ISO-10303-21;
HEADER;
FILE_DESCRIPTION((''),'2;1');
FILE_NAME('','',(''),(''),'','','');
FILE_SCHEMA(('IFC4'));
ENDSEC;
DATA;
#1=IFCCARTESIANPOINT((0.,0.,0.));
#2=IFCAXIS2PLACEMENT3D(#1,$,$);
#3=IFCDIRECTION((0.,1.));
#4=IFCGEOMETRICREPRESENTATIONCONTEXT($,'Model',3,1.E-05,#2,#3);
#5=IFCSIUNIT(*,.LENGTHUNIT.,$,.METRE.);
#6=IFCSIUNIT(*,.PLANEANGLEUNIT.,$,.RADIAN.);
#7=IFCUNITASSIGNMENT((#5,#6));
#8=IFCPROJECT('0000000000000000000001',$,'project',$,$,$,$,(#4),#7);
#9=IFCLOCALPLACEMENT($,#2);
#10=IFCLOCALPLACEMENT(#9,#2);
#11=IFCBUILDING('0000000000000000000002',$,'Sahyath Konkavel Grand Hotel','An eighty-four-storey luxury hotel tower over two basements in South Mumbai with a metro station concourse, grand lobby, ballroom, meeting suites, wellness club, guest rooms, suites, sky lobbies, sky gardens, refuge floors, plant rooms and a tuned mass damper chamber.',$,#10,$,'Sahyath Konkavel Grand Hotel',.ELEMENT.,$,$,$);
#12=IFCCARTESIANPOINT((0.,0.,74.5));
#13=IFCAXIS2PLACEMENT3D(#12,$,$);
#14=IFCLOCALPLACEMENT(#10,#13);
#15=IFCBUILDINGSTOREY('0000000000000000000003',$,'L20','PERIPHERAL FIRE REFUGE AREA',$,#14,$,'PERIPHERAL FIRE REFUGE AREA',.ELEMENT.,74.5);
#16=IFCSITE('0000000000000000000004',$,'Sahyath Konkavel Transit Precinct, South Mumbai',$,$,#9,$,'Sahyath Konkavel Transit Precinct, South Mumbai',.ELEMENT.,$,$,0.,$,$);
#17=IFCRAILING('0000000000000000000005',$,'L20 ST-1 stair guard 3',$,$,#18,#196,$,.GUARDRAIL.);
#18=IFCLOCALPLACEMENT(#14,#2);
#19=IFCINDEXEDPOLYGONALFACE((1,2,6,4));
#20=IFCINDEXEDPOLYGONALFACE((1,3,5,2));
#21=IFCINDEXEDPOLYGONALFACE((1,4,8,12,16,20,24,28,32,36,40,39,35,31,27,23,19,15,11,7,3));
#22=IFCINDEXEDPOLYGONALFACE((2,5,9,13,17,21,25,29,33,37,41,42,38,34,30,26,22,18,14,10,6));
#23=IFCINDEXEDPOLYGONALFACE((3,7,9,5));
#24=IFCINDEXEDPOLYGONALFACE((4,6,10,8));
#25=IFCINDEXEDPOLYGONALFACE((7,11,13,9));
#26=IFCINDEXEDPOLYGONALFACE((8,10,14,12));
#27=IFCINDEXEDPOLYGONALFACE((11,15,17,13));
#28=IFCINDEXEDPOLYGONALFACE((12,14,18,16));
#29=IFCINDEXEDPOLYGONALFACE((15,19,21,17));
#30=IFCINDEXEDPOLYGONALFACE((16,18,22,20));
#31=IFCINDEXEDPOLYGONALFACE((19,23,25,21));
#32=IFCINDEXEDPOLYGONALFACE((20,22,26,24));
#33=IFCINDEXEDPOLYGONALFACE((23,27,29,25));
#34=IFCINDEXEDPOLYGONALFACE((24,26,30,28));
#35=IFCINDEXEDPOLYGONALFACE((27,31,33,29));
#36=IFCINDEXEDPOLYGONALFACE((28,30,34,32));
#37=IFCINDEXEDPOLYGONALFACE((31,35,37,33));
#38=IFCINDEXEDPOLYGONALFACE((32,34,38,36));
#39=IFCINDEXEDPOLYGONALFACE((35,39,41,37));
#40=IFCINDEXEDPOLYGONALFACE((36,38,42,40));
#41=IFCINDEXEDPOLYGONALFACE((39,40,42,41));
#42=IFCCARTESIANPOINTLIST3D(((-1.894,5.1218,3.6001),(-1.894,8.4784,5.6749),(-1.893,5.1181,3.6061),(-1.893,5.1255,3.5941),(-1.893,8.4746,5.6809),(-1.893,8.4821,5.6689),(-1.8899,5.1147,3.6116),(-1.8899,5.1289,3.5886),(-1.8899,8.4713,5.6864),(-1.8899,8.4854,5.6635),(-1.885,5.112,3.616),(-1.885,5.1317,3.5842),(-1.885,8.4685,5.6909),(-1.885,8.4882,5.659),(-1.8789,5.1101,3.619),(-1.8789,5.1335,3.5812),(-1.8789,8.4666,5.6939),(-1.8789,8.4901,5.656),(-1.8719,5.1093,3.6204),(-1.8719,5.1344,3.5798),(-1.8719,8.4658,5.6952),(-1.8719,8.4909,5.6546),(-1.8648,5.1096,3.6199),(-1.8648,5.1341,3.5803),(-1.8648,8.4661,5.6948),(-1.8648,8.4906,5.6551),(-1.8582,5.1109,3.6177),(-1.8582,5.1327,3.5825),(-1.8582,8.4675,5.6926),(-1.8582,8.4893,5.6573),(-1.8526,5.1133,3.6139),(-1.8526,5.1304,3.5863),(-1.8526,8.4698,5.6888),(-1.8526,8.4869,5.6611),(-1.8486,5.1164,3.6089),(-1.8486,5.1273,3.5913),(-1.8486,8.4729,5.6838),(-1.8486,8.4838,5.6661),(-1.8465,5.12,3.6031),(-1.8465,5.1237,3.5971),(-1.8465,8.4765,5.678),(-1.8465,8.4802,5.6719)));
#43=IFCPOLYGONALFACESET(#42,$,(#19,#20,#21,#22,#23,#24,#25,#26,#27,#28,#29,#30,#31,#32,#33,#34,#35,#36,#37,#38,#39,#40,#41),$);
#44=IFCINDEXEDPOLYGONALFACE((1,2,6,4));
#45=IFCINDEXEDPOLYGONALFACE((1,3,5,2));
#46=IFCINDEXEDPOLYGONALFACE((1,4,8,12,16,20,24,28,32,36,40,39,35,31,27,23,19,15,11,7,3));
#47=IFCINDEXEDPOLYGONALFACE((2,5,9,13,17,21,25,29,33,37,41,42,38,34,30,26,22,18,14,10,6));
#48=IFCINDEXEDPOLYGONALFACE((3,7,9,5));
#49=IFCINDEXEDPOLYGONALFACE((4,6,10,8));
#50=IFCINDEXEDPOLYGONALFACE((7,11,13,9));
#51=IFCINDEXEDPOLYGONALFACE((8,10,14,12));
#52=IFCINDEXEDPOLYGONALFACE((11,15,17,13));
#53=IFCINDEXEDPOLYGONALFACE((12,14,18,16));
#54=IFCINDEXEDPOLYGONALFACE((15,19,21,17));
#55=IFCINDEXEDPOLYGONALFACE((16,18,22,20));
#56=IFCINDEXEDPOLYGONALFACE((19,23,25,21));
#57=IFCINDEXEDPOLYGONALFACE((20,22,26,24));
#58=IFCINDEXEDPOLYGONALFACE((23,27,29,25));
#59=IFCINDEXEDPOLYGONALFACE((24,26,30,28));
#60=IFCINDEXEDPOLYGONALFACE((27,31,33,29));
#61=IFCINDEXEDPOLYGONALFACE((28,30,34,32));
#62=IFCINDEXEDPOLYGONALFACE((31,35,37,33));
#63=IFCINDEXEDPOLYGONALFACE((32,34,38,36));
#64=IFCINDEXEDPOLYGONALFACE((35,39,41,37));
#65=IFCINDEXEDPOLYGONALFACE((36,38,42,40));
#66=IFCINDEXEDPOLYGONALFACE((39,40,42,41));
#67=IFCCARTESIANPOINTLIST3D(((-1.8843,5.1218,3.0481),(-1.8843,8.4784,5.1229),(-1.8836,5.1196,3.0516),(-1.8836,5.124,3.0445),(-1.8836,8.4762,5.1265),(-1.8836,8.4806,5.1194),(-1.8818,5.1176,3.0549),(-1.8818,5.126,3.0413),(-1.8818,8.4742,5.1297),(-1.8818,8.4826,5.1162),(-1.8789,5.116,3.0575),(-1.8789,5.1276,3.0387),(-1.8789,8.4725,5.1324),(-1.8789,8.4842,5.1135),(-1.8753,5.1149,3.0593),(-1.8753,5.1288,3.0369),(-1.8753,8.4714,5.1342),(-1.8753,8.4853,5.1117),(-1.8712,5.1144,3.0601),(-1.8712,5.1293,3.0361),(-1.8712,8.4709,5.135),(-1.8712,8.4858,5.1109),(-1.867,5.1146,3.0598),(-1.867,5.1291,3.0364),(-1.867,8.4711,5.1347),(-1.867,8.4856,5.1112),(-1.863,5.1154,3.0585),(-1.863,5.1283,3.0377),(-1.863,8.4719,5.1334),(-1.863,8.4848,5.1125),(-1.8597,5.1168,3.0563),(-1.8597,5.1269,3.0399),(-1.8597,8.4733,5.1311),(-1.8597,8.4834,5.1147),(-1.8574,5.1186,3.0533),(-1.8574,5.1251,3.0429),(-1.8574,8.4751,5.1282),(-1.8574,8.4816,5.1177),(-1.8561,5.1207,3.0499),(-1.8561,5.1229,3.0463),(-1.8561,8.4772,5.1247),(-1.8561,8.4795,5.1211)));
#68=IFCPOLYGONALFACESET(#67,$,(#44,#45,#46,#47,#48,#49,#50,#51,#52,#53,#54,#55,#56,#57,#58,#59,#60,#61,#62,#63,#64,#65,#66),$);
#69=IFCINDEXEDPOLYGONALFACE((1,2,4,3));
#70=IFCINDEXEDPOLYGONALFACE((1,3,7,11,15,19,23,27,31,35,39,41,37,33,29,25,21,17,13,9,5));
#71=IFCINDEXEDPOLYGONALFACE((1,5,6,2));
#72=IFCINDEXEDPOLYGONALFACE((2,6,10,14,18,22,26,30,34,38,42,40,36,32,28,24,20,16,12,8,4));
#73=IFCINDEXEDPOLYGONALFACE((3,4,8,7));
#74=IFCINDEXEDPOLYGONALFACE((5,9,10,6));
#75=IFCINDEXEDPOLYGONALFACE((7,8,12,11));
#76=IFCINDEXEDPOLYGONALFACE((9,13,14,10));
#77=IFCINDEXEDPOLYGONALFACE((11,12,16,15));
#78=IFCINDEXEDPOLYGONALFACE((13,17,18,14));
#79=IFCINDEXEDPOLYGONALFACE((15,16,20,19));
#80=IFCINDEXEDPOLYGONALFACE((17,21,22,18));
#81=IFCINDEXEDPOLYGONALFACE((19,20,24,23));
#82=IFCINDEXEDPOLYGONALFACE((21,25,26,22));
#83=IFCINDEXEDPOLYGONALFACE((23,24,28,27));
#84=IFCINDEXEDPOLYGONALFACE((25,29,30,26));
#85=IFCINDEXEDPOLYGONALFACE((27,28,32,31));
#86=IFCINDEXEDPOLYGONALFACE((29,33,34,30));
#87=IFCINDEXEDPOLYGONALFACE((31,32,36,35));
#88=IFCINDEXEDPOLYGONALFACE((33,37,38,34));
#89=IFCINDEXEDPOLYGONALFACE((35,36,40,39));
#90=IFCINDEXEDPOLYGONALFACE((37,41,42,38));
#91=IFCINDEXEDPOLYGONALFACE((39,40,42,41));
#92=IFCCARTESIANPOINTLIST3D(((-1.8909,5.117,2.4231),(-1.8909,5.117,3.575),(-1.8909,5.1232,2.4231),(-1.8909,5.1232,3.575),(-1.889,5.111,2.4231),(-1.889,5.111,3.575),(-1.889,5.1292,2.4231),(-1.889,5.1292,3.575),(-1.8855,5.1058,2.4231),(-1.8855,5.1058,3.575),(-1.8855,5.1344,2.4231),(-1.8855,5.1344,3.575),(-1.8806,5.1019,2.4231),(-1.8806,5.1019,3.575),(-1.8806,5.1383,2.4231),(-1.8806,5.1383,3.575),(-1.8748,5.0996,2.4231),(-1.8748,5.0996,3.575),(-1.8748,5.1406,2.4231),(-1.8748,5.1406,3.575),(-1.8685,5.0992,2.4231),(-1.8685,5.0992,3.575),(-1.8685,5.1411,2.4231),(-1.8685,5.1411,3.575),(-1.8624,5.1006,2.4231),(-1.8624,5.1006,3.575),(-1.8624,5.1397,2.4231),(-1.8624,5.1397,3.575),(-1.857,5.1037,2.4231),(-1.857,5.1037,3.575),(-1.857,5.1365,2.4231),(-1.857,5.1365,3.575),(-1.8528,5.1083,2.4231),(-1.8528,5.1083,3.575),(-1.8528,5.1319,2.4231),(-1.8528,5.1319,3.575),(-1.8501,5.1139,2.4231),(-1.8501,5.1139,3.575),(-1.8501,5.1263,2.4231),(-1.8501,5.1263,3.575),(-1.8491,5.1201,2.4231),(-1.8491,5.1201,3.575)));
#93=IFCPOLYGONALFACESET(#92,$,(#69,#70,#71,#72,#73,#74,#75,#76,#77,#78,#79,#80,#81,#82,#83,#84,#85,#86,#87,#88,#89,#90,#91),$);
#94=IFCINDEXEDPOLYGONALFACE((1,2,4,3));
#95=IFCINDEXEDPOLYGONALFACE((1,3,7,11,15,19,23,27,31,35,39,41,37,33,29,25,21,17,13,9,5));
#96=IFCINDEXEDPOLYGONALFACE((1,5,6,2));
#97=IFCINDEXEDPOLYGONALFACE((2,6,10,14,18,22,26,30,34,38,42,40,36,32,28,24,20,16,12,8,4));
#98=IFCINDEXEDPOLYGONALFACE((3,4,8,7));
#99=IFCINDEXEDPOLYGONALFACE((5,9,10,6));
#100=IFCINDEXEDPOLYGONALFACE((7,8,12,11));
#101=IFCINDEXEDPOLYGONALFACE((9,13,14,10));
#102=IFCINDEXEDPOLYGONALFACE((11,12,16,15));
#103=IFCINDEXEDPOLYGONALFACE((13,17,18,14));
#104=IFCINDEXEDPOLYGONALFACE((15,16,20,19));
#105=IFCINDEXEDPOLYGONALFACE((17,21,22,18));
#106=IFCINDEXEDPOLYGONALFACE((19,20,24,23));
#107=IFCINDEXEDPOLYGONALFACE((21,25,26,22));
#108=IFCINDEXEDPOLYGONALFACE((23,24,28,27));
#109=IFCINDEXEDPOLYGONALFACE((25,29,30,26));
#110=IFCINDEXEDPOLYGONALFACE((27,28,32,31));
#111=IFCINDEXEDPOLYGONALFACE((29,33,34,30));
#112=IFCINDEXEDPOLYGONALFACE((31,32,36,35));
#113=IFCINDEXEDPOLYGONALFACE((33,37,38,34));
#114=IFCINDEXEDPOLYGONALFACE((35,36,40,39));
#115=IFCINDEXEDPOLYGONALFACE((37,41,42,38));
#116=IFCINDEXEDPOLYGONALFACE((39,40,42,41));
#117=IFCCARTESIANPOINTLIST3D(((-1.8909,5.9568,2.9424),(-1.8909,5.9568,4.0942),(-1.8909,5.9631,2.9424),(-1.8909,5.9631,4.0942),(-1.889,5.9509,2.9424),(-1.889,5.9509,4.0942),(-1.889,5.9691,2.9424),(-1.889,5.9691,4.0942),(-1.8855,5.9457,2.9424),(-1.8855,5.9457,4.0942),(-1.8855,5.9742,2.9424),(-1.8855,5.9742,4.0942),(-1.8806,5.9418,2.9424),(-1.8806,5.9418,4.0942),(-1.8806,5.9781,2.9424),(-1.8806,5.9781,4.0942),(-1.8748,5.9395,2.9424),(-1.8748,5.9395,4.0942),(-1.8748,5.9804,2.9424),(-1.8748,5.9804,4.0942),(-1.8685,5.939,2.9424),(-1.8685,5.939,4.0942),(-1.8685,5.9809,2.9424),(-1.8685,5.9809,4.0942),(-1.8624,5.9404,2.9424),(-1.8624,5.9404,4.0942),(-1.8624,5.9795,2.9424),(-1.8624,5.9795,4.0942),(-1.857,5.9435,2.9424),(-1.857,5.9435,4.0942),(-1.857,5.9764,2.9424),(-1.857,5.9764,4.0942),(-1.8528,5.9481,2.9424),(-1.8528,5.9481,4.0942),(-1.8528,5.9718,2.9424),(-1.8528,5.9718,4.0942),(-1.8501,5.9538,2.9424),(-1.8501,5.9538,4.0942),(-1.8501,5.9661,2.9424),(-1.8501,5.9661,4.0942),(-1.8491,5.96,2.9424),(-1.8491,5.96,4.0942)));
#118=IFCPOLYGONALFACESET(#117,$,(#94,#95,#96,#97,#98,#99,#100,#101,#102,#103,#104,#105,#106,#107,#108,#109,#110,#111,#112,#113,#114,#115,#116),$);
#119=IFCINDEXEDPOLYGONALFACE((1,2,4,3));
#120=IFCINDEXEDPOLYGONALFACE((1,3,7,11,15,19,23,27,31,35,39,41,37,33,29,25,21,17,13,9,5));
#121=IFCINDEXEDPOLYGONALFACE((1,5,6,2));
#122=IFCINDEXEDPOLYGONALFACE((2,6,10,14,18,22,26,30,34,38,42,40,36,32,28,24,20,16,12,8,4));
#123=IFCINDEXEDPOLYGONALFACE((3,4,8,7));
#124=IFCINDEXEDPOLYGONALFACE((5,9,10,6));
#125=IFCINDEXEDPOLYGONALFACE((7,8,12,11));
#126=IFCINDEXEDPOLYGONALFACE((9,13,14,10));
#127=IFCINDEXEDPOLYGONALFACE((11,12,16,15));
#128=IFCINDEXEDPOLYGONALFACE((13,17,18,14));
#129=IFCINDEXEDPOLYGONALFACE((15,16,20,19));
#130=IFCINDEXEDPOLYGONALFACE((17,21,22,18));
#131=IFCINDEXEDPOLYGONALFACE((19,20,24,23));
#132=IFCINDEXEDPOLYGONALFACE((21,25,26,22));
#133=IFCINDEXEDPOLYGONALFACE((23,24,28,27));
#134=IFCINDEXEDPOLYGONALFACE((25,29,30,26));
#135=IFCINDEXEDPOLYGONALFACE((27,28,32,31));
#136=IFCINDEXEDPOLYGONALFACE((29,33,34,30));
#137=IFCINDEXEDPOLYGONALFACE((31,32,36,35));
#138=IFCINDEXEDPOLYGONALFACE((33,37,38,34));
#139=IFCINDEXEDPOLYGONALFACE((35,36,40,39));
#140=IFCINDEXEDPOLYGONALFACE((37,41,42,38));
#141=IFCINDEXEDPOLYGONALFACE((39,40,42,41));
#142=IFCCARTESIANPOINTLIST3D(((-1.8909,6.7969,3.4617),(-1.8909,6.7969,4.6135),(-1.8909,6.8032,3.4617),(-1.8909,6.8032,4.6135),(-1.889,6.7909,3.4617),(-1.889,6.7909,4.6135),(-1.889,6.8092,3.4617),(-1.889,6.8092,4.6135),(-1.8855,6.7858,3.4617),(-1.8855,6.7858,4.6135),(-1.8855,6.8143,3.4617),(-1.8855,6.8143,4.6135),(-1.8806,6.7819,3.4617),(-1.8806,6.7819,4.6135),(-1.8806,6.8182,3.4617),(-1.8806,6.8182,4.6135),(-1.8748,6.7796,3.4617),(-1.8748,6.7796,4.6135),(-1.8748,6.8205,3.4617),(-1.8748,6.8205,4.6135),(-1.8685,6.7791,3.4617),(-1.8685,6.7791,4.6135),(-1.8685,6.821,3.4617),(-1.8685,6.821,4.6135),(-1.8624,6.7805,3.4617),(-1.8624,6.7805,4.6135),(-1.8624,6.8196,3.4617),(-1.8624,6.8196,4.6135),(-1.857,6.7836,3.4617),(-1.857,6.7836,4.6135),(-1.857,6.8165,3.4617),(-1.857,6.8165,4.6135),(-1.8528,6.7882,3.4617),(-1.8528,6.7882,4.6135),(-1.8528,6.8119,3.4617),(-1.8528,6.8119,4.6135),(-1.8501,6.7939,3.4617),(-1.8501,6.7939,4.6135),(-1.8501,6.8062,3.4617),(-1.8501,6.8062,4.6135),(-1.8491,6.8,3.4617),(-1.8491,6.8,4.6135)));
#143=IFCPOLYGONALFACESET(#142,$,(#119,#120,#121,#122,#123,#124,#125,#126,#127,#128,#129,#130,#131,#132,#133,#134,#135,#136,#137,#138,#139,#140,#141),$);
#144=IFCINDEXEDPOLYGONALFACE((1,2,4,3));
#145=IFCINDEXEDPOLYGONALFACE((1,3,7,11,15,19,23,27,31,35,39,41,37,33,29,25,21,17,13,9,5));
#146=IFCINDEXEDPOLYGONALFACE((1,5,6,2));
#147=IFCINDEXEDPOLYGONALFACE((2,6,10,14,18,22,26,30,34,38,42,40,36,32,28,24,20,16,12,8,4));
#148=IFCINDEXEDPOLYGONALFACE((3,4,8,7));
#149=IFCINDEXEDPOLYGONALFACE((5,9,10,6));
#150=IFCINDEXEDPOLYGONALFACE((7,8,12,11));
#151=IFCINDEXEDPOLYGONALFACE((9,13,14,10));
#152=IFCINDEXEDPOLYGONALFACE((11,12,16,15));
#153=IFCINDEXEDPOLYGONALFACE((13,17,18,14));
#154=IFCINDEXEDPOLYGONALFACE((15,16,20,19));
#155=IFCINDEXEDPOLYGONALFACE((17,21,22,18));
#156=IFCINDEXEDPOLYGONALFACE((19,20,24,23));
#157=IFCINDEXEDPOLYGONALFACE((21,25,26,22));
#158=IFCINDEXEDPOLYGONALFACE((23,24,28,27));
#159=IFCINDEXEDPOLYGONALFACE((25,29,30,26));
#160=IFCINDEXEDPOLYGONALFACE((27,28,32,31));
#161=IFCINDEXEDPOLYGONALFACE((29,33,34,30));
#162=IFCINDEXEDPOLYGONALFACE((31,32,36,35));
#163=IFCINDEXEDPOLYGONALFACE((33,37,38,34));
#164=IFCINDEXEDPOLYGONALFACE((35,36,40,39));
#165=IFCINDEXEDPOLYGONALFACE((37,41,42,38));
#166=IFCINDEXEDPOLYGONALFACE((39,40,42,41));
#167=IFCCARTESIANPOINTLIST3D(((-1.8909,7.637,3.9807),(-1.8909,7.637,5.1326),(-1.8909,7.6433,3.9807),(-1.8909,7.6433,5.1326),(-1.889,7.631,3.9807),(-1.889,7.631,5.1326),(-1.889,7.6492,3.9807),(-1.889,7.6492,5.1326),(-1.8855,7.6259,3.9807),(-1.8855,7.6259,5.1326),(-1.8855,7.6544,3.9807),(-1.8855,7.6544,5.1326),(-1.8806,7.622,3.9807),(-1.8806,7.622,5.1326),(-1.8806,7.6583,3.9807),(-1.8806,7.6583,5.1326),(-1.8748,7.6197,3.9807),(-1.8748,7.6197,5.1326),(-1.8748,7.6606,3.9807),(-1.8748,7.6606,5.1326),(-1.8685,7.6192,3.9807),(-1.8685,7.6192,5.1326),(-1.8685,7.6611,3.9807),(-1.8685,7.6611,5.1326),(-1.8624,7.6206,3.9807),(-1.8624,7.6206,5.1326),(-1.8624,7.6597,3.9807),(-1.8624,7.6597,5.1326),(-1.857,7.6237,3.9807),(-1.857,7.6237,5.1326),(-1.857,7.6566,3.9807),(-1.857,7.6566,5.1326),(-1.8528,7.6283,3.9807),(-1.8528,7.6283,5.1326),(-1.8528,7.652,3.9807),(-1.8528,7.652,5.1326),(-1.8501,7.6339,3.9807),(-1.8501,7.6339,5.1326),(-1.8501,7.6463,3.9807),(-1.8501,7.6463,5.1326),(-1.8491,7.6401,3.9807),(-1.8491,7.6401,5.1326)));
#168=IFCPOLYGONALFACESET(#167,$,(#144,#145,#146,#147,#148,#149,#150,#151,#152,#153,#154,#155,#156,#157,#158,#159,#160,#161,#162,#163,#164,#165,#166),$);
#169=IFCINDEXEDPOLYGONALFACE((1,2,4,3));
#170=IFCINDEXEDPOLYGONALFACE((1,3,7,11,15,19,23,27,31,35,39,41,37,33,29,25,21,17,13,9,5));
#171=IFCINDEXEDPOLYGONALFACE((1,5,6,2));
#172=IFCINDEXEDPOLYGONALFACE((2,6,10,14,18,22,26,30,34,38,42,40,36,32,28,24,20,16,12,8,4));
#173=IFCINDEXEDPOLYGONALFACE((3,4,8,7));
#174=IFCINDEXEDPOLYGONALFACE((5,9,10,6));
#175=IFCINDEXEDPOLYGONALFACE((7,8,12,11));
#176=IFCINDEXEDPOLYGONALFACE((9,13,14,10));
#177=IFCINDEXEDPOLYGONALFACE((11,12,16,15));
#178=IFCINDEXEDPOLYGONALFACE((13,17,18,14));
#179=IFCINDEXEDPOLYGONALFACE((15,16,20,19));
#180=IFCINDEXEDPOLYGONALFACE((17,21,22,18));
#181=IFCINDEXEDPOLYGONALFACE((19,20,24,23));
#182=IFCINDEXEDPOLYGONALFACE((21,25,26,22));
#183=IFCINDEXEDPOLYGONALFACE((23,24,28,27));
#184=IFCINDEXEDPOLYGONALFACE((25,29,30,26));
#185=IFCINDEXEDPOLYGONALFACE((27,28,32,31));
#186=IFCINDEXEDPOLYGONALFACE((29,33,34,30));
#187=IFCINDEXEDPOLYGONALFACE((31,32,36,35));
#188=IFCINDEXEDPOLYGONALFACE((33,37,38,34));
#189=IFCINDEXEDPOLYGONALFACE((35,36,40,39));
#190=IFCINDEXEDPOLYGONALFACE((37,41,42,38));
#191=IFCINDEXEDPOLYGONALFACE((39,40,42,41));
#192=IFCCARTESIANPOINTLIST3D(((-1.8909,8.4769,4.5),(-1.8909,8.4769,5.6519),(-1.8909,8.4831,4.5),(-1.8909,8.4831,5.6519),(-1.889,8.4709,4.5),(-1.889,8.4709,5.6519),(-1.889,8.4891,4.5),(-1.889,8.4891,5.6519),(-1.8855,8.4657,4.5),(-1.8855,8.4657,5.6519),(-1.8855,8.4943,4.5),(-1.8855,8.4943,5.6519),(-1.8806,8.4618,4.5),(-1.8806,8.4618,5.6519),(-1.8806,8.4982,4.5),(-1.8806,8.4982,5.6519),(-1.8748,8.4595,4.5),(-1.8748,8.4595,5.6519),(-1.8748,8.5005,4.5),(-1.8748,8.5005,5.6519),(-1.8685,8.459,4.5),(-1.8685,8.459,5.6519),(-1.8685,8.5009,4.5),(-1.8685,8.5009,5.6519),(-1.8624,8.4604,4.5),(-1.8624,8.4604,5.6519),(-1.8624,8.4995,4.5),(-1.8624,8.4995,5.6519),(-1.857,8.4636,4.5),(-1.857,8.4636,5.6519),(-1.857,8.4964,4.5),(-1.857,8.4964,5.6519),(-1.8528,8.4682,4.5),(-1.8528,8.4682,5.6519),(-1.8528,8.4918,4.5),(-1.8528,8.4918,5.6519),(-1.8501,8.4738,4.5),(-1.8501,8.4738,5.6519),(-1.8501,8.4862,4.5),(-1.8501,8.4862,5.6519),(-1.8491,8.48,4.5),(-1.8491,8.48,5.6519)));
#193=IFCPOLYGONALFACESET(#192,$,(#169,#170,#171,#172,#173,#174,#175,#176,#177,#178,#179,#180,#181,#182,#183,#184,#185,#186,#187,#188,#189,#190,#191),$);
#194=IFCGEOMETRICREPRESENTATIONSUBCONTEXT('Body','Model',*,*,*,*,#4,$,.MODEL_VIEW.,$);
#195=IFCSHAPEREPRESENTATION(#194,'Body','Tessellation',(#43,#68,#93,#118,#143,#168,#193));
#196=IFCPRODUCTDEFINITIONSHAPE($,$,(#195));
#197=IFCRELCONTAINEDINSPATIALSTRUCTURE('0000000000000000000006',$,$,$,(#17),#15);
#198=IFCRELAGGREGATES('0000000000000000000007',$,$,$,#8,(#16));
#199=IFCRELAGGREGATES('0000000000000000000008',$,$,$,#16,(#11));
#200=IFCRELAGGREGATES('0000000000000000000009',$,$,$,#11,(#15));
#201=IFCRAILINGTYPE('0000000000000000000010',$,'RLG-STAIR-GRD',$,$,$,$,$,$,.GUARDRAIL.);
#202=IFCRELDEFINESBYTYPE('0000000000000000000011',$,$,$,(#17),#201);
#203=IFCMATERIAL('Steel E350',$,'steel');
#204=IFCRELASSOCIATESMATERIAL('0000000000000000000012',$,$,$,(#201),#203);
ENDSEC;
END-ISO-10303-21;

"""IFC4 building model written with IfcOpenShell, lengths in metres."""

from ifc_helpers import new_model, si_unit, direction, frame, origin, origin_2d, place, context, subcontext, project, spatial, circle, extrude, material, type_object, element, save


model = new_model("IFC4")

# Units and contexts
model_context = context("Model", 3, precision=1e-05, world=origin(), true_north=direction((0.0, 1.0)))
body_context = subcontext(model_context, "Body", "Model", "MODEL_VIEW")
ifc_project = project(units=[si_unit("LENGTHUNIT", "METRE"), si_unit("PLANEANGLEUNIT", "RADIAN")], contexts=[model_context])

# Site, building, storey
site_placement = place(None, origin())
site = spatial("IfcSite", under=ifc_project, at=site_placement, Name="Sahyath Konkavel Transit Precinct, South Mumbai", LongName="Sahyath Konkavel Transit Precinct, South Mumbai", CompositionType="ELEMENT", RefElevation=0.0)
building_placement = place(site_placement, origin())
building = spatial("IfcBuilding", under=site, at=building_placement, Name="Sahyath Konkavel Grand Hotel", Description="An eighty-four-storey luxury hotel tower over two basements in South Mumbai with a metro station concourse, grand lobby, ballroom, meeting suites, wellness club, guest rooms, suites, sky lobbies, sky gardens, refuge floors, plant rooms and a tuned mass damper chamber.", LongName="Sahyath Konkavel Grand Hotel", CompositionType="ELEMENT")
storey_placement = place(building_placement, frame((0.0, 0.0, 74.5)))
storey = spatial("IfcBuildingStorey", under=building, at=storey_placement, Name="L20", Description="PERIPHERAL FIRE REFUGE AREA", LongName="PERIPHERAL FIRE REFUGE AREA", CompositionType="ELEMENT", Elevation=74.5)

# Shared definitions
ifc_material_1 = material(Name="Steel E350", Category="steel")

# Railing
railing_type_1 = type_object("IfcRailingType", Name="RLG-STAIR-GRD", PredefinedType="GUARDRAIL", material=ifc_material_1)
railing_1_placement = place(storey_placement, frame((-1.8701, 5.1201, 2.4231)))
element("IfcRailing", 1, at=railing_1_placement, inside=storey, type_object=railing_type_1, Name="L20 ST-1 stair guard 3", PredefinedType="GUARDRAIL", context=body_context, shape_type="SweptSolid", body=[
    extrude(circle(Radius=0.0239, at=origin_2d()), frame((0.0, 0.0017, 1.177), z_axis=(0.0, 0.850606, 0.525803), x_axis=(-1.0, 0.0, 0.0)), (0.0, 0.0, 1.0), 3.946),
    extrude(circle(Radius=0.0142, at=origin_2d()), frame((0.0, 0.0017, 0.625), z_axis=(0.0, 0.850606, 0.525803), x_axis=(-1.0, 0.0, 0.0)), (0.0, 0.0, 1.0), 3.946),
    extrude(circle(Radius=0.021, at=origin_2d()), origin(), (0.0, 0.0, 1.0), 1.1519),
    extrude(circle(Radius=0.021, at=origin_2d()), frame((0.0, 0.8398, 0.5193)), (0.0, 0.0, 1.0), 1.1519),
    extrude(circle(Radius=0.021, at=origin_2d()), frame((0.0, 1.6799, 1.0386)), (0.0, 0.0, 1.0), 1.1519),
    extrude(circle(Radius=0.021, at=origin_2d()), frame((0.0, 2.52, 1.5576)), (0.0, 0.0, 1.0), 1.1519),
    extrude(circle(Radius=0.021, at=origin_2d()), frame((0.0, 3.3599, 2.0769)), (0.0, 0.0, 1.0), 1.1519),
])

save(model, "model.ifc")
